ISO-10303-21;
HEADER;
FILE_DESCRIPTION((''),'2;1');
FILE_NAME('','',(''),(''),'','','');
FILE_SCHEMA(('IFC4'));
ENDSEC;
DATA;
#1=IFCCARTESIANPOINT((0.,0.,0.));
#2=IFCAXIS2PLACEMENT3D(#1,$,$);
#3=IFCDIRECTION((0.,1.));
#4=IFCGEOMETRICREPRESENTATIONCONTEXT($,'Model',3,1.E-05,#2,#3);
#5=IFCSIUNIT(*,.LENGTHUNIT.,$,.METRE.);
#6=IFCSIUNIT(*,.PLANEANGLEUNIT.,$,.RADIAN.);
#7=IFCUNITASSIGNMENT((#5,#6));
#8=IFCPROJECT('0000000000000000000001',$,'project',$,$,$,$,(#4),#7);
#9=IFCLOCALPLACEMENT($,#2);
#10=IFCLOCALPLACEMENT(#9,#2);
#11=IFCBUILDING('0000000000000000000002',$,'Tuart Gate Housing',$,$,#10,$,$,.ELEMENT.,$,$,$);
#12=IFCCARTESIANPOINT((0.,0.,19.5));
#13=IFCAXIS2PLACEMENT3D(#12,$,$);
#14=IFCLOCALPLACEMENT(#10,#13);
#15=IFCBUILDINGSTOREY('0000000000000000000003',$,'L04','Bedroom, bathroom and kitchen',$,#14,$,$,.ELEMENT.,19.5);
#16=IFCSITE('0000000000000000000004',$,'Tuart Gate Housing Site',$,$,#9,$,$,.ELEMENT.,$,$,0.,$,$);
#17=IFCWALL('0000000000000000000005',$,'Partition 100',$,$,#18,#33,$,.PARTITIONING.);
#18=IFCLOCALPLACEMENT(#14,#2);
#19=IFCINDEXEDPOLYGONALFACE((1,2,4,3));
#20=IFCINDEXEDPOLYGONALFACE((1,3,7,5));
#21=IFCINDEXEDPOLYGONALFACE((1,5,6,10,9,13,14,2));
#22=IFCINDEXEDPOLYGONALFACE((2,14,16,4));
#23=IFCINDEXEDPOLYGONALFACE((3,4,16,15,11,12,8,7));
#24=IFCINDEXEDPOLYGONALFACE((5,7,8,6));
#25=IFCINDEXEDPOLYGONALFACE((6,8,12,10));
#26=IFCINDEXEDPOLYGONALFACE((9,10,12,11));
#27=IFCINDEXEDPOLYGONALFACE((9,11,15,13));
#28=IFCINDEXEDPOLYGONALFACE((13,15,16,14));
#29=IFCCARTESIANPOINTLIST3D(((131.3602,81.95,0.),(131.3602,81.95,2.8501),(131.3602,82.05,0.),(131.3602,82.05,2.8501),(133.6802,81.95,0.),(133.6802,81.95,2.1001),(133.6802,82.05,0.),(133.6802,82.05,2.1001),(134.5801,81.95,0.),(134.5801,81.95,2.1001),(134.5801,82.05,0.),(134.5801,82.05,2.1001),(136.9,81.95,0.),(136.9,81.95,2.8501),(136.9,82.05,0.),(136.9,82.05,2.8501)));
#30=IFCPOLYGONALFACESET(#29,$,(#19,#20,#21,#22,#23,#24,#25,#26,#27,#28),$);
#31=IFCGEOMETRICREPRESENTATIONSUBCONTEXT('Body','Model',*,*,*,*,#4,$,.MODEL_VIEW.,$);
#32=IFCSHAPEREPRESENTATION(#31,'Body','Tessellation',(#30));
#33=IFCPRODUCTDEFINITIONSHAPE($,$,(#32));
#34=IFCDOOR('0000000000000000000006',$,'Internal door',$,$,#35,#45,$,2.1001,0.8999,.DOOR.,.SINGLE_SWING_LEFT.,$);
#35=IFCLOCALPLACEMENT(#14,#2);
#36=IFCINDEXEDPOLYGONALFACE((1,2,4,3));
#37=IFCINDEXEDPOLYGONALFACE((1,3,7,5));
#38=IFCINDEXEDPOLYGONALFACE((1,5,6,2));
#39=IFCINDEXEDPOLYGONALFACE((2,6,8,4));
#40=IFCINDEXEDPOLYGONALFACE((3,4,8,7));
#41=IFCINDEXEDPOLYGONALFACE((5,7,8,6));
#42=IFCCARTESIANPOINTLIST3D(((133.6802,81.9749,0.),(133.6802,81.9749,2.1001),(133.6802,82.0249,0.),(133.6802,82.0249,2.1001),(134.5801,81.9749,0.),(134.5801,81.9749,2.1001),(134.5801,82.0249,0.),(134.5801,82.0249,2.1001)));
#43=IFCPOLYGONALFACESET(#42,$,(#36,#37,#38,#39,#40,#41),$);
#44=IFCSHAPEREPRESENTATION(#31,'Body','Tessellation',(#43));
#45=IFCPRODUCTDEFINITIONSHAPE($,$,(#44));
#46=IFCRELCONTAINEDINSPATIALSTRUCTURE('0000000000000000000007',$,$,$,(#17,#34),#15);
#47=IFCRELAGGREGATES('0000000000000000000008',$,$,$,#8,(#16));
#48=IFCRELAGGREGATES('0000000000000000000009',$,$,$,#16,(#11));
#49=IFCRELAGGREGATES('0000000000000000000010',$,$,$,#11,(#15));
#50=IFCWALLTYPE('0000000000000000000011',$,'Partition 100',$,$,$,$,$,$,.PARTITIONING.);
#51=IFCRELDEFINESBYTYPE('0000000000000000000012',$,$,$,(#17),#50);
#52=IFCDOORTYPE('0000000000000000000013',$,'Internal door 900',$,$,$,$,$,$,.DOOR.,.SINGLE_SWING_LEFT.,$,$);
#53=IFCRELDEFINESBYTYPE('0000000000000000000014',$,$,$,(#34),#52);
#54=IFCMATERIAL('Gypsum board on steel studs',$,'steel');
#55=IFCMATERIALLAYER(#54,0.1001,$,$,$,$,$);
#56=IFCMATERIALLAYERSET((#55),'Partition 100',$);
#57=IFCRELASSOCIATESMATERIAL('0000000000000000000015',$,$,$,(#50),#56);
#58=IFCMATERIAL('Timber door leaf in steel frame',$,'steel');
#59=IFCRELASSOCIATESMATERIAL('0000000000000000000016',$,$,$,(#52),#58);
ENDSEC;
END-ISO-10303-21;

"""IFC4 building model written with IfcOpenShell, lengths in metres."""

from ifc_helpers import new_model, si_unit, direction, frame, frame_2d, origin, place, context, subcontext, project, spatial, rectangle, extrude, material, layer, layer_set, type_object, element, fill, save


model = new_model("IFC4")

# Units and contexts
model_context = context("Model", 3, precision=1e-05, world=origin(), true_north=direction((0.0, 1.0)))
body_context = subcontext(model_context, "Body", "Model", "MODEL_VIEW")
ifc_project = project(units=[si_unit("LENGTHUNIT", "METRE"), si_unit("PLANEANGLEUNIT", "RADIAN")], contexts=[model_context])

# Site, building, storey
site_placement = place(None, origin())
site = spatial("IfcSite", under=ifc_project, at=site_placement, Name="Tuart Gate Housing Site", CompositionType="ELEMENT", RefElevation=0.0)
building_placement = place(site_placement, origin())
building = spatial("IfcBuilding", under=site, at=building_placement, Name="Tuart Gate Housing", CompositionType="ELEMENT")
storey_placement = place(building_placement, frame((0.0, 0.0, 19.5)))
storey = spatial("IfcBuildingStorey", under=building, at=storey_placement, Name="L04", Description="Bedroom, bathroom and kitchen", CompositionType="ELEMENT", Elevation=19.5)

# Wall, opening, door
ifc_material_1 = material(Name="Gypsum board on steel studs", Category="steel")
ifc_layer_1 = layer(ifc_material_1, 0.1001)
ifc_layer_set_1 = layer_set([ifc_layer_1], Name="Partition 100")
wall_type_1 = type_object("IfcWallType", Name="Partition 100", PredefinedType="PARTITIONING", material=ifc_layer_set_1)
wall_1_placement = place(storey_placement, frame((131.3601, 82.0, 0.0), z_axis=(0.0, 0.0, 1.0), x_axis=(1.0, 0.0, 0.0)))
wall_1 = element("IfcWall", 1, at=wall_1_placement, inside=storey, type_object=wall_type_1, Name="Partition 100", PredefinedType="PARTITIONING", context=body_context, shape_type="SweptSolid", body=[
    extrude(rectangle(XDim=5.5398, YDim=0.1001, at=frame_2d((2.77, 0.0))), origin(), (0.0, 0.0, 1.0), 2.8501),
])
opening_1_placement = place(wall_1_placement, frame((2.3201, 0.0, 0.0)))
opening_1 = element("IfcOpeningElement", 2, at=opening_1_placement, cuts=wall_1, PredefinedType="OPENING", context=body_context, shape_type="SweptSolid", body=[
    extrude(rectangle(XDim=0.8999, YDim=2.1001, at=frame_2d((0.45, 1.05))), frame((0.0, 0.0601, 0.0), z_axis=(0.0, -1.0, 0.0), x_axis=(1.0, 0.0, 0.0)), (0.0, 0.0, 1.0), 0.1201),
])
ifc_material_2 = material(Name="Timber door leaf in steel frame", Category="steel")
door_type_1 = type_object("IfcDoorType", Name="Internal door 900", OperationType="SINGLE_SWING_LEFT", PredefinedType="DOOR", material=ifc_material_2)
door_1_placement = place(opening_1_placement, origin())
door_1 = element("IfcDoor", 3, at=door_1_placement, inside=storey, type_object=door_type_1, Name="Internal door", OperationType="SINGLE_SWING_LEFT", OverallHeight=2.1001, OverallWidth=0.8999, PredefinedType="DOOR", context=body_context, shape_type="SweptSolid", body=[
    extrude(rectangle(XDim=0.8999, YDim=2.1001, at=frame_2d((0.45, 1.05))), frame((0.0, 0.0249, 0.0), z_axis=(0.0, -1.0, 0.0), x_axis=(1.0, 0.0, 0.0)), (0.0, 0.0, 1.0), 0.05),
])
fill(opening_1, door_1)

save(model, "model.ifc")
